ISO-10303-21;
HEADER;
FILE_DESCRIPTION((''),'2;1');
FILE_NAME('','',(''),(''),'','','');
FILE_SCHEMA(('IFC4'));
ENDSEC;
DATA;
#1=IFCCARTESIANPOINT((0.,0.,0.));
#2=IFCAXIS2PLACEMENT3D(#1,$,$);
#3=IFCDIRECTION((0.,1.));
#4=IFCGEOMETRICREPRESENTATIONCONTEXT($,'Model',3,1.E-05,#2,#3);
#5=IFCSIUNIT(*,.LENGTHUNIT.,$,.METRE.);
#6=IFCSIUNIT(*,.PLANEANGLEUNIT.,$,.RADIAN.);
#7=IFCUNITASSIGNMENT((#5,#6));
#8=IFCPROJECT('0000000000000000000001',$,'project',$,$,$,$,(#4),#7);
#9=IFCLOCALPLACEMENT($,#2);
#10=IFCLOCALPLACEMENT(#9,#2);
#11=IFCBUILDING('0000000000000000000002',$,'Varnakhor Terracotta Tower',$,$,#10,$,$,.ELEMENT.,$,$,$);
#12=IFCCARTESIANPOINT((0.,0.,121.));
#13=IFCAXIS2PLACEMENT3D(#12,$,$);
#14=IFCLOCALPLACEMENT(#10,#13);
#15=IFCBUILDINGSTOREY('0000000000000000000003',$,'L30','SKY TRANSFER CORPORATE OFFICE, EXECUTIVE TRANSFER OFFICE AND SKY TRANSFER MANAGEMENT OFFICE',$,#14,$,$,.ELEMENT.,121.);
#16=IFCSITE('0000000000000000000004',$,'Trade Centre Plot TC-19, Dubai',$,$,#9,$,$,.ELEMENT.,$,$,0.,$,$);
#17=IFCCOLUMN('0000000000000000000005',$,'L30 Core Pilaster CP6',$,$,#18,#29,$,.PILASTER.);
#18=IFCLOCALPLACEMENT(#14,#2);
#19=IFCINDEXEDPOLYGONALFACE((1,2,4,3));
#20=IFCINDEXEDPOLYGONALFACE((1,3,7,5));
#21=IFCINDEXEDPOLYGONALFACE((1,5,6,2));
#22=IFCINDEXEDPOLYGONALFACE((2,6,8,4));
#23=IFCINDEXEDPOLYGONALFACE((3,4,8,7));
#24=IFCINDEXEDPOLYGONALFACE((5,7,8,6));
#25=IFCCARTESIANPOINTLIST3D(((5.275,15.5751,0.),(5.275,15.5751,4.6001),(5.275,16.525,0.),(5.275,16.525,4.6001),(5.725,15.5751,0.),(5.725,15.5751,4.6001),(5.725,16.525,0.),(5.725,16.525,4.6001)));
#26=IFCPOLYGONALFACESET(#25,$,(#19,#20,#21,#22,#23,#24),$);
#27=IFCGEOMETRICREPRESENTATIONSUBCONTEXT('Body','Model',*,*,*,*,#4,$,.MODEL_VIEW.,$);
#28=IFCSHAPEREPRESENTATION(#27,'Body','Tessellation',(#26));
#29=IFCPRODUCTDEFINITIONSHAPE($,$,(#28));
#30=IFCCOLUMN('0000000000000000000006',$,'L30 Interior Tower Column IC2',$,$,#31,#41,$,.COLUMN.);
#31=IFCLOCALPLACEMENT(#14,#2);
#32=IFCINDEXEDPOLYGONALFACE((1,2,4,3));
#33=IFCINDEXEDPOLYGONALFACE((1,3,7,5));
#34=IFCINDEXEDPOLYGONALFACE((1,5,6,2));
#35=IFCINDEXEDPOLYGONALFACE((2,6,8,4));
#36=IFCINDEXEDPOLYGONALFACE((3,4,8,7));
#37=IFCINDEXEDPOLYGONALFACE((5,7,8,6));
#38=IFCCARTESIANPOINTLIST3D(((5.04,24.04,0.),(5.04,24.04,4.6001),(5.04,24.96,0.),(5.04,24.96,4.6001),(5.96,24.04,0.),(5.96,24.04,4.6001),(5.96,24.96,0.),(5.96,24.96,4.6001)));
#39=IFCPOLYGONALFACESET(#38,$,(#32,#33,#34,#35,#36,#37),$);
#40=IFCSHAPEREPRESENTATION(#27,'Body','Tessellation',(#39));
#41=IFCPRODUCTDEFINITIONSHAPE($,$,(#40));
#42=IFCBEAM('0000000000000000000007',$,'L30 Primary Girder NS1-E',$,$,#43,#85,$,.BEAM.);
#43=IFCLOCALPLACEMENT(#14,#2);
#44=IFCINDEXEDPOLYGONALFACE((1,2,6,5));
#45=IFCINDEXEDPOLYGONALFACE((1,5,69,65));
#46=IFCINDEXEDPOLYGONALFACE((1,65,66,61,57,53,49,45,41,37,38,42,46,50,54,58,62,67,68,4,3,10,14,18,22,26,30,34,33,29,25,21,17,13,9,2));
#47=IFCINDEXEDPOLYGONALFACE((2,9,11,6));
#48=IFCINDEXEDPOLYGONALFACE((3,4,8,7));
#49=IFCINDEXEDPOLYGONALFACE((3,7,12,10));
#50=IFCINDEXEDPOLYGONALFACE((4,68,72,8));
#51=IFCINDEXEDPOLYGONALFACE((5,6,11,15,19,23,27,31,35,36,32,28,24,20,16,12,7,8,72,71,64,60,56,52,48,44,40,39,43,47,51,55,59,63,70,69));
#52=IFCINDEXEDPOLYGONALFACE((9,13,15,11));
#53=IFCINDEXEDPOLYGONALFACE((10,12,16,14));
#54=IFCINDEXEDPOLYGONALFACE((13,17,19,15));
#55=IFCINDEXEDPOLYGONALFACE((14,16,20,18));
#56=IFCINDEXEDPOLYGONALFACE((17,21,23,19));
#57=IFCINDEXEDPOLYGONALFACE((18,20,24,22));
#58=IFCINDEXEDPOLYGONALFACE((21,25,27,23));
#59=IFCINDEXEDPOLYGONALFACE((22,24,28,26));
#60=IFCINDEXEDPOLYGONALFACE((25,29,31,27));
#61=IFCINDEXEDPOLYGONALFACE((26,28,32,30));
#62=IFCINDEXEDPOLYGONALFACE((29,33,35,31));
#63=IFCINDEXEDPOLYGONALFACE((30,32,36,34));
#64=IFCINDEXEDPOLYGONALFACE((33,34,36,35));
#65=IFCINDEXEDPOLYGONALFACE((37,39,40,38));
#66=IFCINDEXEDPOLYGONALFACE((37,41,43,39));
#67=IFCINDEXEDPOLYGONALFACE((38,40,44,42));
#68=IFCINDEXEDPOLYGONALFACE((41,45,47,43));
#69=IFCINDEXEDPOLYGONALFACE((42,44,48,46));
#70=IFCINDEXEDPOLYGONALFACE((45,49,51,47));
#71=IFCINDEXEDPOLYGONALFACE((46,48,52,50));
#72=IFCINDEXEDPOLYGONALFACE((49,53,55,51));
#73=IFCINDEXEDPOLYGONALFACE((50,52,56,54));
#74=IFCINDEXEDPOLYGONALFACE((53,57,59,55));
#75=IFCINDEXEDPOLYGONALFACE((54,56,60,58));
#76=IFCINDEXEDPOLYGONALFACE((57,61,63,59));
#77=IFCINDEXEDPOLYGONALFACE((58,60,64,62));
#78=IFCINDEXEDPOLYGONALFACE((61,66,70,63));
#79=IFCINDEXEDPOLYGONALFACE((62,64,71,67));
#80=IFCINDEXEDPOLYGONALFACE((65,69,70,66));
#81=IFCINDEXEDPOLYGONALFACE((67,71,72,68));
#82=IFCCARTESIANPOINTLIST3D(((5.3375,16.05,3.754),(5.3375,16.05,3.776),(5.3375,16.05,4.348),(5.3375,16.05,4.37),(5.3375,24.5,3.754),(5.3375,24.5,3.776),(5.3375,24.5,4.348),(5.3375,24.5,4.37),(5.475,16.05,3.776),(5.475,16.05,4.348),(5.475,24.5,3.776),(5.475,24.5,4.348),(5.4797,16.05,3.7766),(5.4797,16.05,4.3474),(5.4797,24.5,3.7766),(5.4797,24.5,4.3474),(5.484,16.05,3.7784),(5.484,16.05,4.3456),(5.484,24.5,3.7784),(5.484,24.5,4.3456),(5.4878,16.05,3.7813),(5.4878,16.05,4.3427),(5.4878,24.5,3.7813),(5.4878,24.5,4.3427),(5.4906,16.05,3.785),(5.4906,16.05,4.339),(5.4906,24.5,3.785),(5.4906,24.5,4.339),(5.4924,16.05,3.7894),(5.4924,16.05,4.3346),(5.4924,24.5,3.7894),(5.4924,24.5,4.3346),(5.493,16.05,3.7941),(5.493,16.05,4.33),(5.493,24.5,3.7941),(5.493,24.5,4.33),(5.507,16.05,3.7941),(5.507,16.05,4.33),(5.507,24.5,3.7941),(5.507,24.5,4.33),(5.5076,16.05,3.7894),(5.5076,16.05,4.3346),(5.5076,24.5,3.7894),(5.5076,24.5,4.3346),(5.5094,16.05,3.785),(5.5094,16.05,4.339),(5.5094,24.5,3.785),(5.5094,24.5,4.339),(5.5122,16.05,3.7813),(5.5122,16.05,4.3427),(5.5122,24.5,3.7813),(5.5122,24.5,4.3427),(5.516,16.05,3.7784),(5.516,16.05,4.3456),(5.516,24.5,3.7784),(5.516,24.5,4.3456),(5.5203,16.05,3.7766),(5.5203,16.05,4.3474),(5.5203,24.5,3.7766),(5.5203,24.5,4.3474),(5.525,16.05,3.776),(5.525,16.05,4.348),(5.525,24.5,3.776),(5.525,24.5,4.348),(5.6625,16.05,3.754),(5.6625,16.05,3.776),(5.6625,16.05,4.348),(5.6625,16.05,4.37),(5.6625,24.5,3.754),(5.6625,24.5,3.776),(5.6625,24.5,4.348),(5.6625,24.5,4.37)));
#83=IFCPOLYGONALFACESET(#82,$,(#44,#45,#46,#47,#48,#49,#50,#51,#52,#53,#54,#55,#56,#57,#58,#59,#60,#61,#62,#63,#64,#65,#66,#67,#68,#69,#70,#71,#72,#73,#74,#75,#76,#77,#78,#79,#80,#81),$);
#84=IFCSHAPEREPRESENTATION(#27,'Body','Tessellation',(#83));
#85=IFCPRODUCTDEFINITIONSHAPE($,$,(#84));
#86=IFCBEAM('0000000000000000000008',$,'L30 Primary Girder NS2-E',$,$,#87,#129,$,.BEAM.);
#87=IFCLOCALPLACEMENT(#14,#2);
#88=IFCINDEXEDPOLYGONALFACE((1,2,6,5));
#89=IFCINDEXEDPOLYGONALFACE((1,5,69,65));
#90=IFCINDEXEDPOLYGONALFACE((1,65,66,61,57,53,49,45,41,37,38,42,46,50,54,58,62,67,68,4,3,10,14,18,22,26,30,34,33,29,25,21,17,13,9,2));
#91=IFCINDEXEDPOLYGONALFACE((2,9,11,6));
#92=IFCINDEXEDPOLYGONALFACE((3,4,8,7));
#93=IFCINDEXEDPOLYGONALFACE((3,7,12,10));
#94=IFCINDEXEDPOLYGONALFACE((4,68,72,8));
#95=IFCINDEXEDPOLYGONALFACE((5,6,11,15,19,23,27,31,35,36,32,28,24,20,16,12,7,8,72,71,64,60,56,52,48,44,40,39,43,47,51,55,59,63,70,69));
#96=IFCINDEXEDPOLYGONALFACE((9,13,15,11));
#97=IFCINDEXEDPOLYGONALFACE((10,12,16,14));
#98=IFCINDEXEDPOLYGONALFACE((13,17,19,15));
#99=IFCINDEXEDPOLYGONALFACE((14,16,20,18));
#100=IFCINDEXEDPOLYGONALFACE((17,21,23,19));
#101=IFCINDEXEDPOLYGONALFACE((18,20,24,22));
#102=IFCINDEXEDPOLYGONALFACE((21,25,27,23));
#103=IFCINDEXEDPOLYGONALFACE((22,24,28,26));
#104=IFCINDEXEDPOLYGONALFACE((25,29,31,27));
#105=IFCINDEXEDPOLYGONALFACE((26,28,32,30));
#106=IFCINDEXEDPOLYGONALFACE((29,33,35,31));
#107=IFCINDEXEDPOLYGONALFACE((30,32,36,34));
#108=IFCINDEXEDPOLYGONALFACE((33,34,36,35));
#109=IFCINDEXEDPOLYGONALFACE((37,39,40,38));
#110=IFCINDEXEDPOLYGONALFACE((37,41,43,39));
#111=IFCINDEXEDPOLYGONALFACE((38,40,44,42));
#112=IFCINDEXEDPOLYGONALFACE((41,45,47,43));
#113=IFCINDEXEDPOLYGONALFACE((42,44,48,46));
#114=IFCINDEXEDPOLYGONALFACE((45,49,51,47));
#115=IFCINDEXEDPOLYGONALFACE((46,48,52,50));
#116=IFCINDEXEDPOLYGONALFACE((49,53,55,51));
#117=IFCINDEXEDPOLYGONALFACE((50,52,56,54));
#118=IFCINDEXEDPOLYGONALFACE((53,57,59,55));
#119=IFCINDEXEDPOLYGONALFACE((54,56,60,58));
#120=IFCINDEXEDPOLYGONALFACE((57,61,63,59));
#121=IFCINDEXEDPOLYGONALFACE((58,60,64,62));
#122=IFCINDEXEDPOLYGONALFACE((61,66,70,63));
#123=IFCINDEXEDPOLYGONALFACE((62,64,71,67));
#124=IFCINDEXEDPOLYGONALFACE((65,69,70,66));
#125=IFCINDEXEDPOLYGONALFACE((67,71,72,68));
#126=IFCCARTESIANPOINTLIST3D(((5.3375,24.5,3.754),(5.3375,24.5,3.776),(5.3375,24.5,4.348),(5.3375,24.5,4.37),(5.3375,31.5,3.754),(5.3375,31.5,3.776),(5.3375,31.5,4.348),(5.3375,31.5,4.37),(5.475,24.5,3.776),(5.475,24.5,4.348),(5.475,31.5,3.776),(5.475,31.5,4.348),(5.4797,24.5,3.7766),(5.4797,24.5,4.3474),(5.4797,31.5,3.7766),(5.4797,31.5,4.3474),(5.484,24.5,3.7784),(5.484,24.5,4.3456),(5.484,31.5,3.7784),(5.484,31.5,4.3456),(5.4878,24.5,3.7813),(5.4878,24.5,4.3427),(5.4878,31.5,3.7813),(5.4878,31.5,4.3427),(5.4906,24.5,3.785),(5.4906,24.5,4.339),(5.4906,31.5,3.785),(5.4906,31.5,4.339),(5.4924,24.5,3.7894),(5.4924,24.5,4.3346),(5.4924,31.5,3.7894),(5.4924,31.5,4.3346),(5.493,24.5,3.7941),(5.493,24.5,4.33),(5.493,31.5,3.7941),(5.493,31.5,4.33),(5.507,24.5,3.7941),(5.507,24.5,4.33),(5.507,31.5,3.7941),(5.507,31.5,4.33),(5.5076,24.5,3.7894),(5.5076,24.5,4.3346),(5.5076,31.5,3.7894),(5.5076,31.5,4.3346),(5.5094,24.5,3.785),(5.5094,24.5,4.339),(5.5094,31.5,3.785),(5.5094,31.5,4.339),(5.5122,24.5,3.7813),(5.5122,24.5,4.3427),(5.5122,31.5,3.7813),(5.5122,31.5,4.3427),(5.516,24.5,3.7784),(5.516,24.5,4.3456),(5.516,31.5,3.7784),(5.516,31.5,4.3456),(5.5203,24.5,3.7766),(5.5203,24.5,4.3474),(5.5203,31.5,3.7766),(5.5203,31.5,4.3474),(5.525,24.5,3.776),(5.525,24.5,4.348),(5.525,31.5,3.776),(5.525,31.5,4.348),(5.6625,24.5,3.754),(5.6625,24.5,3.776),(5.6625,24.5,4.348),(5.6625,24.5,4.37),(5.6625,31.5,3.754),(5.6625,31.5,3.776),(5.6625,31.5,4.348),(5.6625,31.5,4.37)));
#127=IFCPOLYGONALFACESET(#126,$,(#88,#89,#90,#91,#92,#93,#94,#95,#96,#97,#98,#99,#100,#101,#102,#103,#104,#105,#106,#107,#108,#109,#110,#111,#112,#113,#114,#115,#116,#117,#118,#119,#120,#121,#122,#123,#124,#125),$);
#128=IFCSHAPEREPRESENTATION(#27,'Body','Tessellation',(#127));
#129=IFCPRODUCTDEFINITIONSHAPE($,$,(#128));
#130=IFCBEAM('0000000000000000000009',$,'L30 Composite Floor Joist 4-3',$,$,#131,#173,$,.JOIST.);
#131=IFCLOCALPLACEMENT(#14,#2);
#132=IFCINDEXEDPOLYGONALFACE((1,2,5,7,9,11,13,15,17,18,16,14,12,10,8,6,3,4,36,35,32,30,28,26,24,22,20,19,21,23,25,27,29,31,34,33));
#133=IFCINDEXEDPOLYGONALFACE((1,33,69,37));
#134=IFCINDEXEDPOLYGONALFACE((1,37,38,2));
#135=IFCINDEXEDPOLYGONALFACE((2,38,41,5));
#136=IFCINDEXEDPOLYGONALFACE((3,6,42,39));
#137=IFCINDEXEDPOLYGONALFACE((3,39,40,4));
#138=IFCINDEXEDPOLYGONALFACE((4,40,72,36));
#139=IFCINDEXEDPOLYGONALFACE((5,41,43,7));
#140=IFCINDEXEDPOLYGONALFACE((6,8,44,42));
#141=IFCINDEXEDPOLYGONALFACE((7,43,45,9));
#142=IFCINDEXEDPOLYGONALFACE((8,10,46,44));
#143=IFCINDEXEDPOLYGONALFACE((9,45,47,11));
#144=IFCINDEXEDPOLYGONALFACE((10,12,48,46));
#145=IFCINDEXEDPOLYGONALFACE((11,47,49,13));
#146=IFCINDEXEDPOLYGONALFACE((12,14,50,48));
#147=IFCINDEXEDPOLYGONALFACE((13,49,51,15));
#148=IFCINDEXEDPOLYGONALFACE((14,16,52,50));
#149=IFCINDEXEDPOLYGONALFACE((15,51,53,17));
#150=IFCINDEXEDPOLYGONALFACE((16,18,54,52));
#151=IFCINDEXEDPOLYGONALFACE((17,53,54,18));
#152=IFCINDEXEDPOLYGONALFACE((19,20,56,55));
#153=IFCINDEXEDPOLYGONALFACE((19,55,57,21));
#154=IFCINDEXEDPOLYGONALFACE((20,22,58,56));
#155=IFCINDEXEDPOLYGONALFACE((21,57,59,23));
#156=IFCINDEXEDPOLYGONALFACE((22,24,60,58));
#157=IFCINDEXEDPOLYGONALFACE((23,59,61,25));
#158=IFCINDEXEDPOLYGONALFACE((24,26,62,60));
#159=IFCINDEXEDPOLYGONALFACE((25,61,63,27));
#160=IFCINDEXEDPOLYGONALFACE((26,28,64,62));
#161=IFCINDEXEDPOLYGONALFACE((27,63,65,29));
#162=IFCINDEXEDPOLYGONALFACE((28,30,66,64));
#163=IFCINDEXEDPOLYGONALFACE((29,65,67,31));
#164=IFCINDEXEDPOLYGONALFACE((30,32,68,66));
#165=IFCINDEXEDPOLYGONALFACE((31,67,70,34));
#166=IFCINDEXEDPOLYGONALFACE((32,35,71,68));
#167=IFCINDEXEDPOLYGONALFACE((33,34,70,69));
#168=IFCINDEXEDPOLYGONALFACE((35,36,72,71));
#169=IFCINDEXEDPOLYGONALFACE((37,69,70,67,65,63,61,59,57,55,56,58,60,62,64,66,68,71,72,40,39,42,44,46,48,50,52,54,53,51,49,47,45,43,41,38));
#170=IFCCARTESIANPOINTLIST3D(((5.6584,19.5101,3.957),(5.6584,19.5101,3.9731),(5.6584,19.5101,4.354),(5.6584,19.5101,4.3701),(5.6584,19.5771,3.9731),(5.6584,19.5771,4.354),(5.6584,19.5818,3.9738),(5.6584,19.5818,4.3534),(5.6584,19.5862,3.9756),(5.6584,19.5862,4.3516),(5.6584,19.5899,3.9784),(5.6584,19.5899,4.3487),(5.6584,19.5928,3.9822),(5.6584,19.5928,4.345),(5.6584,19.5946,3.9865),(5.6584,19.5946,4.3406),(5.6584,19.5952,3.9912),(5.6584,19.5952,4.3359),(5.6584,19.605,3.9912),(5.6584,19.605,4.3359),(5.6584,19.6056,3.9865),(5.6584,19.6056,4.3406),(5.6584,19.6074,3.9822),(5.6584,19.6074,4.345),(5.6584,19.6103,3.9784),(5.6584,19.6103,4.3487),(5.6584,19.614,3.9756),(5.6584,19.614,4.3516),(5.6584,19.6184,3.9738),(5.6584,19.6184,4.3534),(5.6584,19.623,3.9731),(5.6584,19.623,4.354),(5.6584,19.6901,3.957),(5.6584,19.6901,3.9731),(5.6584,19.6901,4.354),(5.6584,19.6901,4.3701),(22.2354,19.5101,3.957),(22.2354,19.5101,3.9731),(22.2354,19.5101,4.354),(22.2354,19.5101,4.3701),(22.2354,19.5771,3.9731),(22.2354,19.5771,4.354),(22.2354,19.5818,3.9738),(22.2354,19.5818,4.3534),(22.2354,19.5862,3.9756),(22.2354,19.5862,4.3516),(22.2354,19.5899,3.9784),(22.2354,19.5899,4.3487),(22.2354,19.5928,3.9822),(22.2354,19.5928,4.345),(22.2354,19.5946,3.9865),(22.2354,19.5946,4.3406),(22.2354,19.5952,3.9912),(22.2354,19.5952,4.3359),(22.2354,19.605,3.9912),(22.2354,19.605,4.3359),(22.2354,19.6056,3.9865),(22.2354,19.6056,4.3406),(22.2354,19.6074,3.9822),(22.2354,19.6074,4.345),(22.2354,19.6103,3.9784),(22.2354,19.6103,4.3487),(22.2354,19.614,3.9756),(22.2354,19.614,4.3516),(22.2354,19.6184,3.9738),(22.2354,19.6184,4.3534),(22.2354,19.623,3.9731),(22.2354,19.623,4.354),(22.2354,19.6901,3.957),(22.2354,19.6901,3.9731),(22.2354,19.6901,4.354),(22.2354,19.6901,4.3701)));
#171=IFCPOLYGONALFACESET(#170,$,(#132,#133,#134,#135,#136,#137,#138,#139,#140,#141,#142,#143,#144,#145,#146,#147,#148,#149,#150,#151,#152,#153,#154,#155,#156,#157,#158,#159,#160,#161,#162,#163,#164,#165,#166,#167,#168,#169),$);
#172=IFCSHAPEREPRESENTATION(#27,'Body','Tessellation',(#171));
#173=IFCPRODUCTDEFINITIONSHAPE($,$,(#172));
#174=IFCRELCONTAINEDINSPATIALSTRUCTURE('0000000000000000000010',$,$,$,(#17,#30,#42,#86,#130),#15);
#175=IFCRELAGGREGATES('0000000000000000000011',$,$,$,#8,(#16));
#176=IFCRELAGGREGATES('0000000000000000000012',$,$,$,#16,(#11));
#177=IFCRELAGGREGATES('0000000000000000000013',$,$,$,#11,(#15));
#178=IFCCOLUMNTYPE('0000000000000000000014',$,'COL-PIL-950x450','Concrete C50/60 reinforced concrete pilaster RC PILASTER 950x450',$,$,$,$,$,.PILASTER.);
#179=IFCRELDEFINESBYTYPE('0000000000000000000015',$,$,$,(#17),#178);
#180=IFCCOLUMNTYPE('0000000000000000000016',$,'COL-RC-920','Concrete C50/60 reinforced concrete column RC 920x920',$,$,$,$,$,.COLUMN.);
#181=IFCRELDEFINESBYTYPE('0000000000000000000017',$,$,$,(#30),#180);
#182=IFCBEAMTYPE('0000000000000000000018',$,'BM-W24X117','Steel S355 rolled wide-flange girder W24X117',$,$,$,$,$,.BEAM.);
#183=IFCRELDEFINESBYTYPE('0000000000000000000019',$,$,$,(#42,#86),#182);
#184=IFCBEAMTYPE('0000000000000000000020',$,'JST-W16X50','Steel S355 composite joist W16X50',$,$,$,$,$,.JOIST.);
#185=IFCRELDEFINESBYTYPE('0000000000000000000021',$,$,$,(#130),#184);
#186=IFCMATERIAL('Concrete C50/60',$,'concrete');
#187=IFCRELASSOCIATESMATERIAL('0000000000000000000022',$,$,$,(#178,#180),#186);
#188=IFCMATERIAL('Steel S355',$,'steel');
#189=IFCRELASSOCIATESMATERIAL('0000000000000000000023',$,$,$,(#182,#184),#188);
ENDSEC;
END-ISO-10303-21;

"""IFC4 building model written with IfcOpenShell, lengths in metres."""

from ifc_helpers import new_model, si_unit, direction, frame, origin, origin_2d, place, context, subcontext, project, spatial, rectangle, i_section, extrude, source, transform, mapped, material, material_profile, profile_set, type_object, type_shapes, element, save


model = new_model("IFC4")

# Units and contexts
model_context = context("Model", 3, precision=1e-05, world=origin(), true_north=direction((0.0, 1.0)))
body_context = subcontext(model_context, "Body", "Model", "MODEL_VIEW")
ifc_project = project(units=[si_unit("LENGTHUNIT", "METRE"), si_unit("PLANEANGLEUNIT", "RADIAN")], contexts=[model_context])

# Site, building, storey
site_placement = place(None, origin())
site = spatial("IfcSite", under=ifc_project, at=site_placement, Name="Trade Centre Plot TC-19, Dubai", CompositionType="ELEMENT", RefElevation=0.0)
building_placement = place(site_placement, origin())
building = spatial("IfcBuilding", under=site, at=building_placement, Name="Varnakhor Terracotta Tower", CompositionType="ELEMENT")
storey_placement = place(building_placement, frame((0.0, 0.0, 121.0)))
storey = spatial("IfcBuildingStorey", under=building, at=storey_placement, Name="L30", Description="SKY TRANSFER CORPORATE OFFICE, EXECUTIVE TRANSFER OFFICE AND SKY TRANSFER MANAGEMENT OFFICE", CompositionType="ELEMENT", Elevation=121.0)

# Columns
ifc_material_1 = material(Name="Concrete C50/60", Category="concrete")
ifc_material_profile_1 = material_profile(ifc_material_1, rectangle(XDim=0.45, YDim=0.95, at=origin_2d()), Name="RC PILASTER 950x450")
ifc_profile_set_1 = profile_set([ifc_material_profile_1], Name="Concrete C50/60")
column_type_1 = type_object("IfcColumnType", Name="COL-PIL-950x450", Description="Concrete C50/60 reinforced concrete pilaster RC PILASTER 950x450", PredefinedType="PILASTER", material=ifc_profile_set_1)
shared_shape_1 = source(origin(), body_context, "Body", "SweptSolid", [
    extrude(rectangle(XDim=0.45, YDim=0.95, at=origin_2d()), origin(), (0.0, 0.0, 1.0), 4.6001),
])
column_1_placement = place(storey_placement, frame((5.5, 16.05, 0.0), z_axis=(0.0, 0.0, 1.0), x_axis=(1.0, 0.0, 0.0)))
element("IfcColumn", 1, at=column_1_placement, inside=storey, type_object=column_type_1, Name="L30 Core Pilaster CP6", PredefinedType="PILASTER", context=body_context, shape_type="MappedRepresentation", body=[
    mapped(shared_shape_1, transform((0.0, 0.0, 0.0), scale=1.0)),
])
ifc_material_profile_2 = material_profile(ifc_material_1, rectangle(XDim=0.9199, YDim=0.9199, at=origin_2d()), Name="RC 920x920")
ifc_profile_set_2 = profile_set([ifc_material_profile_2], Name="Concrete C50/60")
column_type_2 = type_object("IfcColumnType", Name="COL-RC-920", Description="Concrete C50/60 reinforced concrete column RC 920x920", PredefinedType="COLUMN", material=ifc_profile_set_2)
shared_shape_2 = source(origin(), body_context, "Body", "SweptSolid", [
    extrude(rectangle(XDim=0.9199, YDim=0.9199, at=origin_2d()), origin(), (0.0, 0.0, 1.0), 4.6001),
])
type_shapes(column_type_2, [shared_shape_2])
column_2_placement = place(storey_placement, frame((5.5, 24.5, 0.0), z_axis=(0.0, 0.0, 1.0), x_axis=(1.0, 0.0, 0.0)))
element("IfcColumn", 2, at=column_2_placement, inside=storey, type_object=column_type_2, Name="L30 Interior Tower Column IC2", PredefinedType="COLUMN", context=body_context, shape_type="MappedRepresentation", body=[
    mapped(shared_shape_2, transform((0.0, 0.0, 0.0), scale=1.0)),
])

# Beams
ifc_material_2 = material(Name="Steel S355", Category="steel")
ifc_material_profile_3 = material_profile(ifc_material_2, i_section(OverallWidth=0.325, OverallDepth=0.616, WebThickness=0.0139, FlangeThickness=0.022, FilletRadius=0.0181, at=origin_2d()), Name="W24X117")
ifc_profile_set_3 = profile_set([ifc_material_profile_3], Name="Steel S355")
beam_type_1 = type_object("IfcBeamType", Name="BM-W24X117", Description="Steel S355 rolled wide-flange girder W24X117", PredefinedType="BEAM", material=ifc_profile_set_3)
shared_shape_3 = source(origin(), body_context, "Body", "SweptSolid", [
    extrude(i_section(OverallWidth=0.325, OverallDepth=0.616, WebThickness=0.0139, FlangeThickness=0.022, FilletRadius=0.0181, at=origin_2d()), origin(), (0.0, 0.0, 1.0), 8.45),
])
type_shapes(beam_type_1, [shared_shape_3])
beam_1_placement = place(storey_placement, frame((5.5, 16.05, 4.062), z_axis=(0.0, 1.0, 0.0), x_axis=(-1.0, 0.0, 0.0)))
element("IfcBeam", 3, at=beam_1_placement, inside=storey, type_object=beam_type_1, Name="L30 Primary Girder NS1-E", PredefinedType="BEAM", context=body_context, shape_type="MappedRepresentation", body=[
    mapped(shared_shape_3, transform((0.0, 0.0, 0.0), scale=1.0)),
])
shared_shape_4 = source(origin(), body_context, "Body", "SweptSolid", [
    extrude(i_section(OverallWidth=0.325, OverallDepth=0.616, WebThickness=0.0139, FlangeThickness=0.022, FilletRadius=0.0181, at=origin_2d()), origin(), (0.0, 0.0, 1.0), 7.0),
])
beam_2_placement = place(storey_placement, frame((5.5, 24.5, 4.062), z_axis=(0.0, 1.0, 0.0), x_axis=(-1.0, 0.0, 0.0)))
element("IfcBeam", 4, at=beam_2_placement, inside=storey, type_object=beam_type_1, Name="L30 Primary Girder NS2-E", PredefinedType="BEAM", context=body_context, shape_type="MappedRepresentation", body=[
    mapped(shared_shape_4, transform((0.0, 0.0, 0.0), scale=1.0)),
])
ifc_material_profile_4 = material_profile(ifc_material_2, i_section(OverallWidth=0.1799, OverallDepth=0.4131, WebThickness=0.0098, FlangeThickness=0.0161, FilletRadius=0.0181, at=origin_2d()), Name="W16X50")
ifc_profile_set_4 = profile_set([ifc_material_profile_4], Name="Steel S355")
beam_type_2 = type_object("IfcBeamType", Name="JST-W16X50", Description="Steel S355 composite joist W16X50", PredefinedType="JOIST", material=ifc_profile_set_4)
shared_shape_5 = source(origin(), body_context, "Body", "SweptSolid", [
    extrude(i_section(OverallWidth=0.1799, OverallDepth=0.4131, WebThickness=0.0098, FlangeThickness=0.0161, FilletRadius=0.0181, at=origin_2d()), origin(), (0.0, 0.0, 1.0), 16.5769),
])
beam_3_placement = place(storey_placement, frame((5.6584, 19.6001, 4.1636), z_axis=(1.0, 0.0, 0.0), x_axis=(0.0, 1.0, 0.0)))
element("IfcBeam", 5, at=beam_3_placement, inside=storey, type_object=beam_type_2, Name="L30 Composite Floor Joist 4-3", PredefinedType="JOIST", context=body_context, shape_type="MappedRepresentation", body=[
    mapped(shared_shape_5, transform((0.0, 0.0, 0.0), scale=1.0)),
])

save(model, "model.ifc")
